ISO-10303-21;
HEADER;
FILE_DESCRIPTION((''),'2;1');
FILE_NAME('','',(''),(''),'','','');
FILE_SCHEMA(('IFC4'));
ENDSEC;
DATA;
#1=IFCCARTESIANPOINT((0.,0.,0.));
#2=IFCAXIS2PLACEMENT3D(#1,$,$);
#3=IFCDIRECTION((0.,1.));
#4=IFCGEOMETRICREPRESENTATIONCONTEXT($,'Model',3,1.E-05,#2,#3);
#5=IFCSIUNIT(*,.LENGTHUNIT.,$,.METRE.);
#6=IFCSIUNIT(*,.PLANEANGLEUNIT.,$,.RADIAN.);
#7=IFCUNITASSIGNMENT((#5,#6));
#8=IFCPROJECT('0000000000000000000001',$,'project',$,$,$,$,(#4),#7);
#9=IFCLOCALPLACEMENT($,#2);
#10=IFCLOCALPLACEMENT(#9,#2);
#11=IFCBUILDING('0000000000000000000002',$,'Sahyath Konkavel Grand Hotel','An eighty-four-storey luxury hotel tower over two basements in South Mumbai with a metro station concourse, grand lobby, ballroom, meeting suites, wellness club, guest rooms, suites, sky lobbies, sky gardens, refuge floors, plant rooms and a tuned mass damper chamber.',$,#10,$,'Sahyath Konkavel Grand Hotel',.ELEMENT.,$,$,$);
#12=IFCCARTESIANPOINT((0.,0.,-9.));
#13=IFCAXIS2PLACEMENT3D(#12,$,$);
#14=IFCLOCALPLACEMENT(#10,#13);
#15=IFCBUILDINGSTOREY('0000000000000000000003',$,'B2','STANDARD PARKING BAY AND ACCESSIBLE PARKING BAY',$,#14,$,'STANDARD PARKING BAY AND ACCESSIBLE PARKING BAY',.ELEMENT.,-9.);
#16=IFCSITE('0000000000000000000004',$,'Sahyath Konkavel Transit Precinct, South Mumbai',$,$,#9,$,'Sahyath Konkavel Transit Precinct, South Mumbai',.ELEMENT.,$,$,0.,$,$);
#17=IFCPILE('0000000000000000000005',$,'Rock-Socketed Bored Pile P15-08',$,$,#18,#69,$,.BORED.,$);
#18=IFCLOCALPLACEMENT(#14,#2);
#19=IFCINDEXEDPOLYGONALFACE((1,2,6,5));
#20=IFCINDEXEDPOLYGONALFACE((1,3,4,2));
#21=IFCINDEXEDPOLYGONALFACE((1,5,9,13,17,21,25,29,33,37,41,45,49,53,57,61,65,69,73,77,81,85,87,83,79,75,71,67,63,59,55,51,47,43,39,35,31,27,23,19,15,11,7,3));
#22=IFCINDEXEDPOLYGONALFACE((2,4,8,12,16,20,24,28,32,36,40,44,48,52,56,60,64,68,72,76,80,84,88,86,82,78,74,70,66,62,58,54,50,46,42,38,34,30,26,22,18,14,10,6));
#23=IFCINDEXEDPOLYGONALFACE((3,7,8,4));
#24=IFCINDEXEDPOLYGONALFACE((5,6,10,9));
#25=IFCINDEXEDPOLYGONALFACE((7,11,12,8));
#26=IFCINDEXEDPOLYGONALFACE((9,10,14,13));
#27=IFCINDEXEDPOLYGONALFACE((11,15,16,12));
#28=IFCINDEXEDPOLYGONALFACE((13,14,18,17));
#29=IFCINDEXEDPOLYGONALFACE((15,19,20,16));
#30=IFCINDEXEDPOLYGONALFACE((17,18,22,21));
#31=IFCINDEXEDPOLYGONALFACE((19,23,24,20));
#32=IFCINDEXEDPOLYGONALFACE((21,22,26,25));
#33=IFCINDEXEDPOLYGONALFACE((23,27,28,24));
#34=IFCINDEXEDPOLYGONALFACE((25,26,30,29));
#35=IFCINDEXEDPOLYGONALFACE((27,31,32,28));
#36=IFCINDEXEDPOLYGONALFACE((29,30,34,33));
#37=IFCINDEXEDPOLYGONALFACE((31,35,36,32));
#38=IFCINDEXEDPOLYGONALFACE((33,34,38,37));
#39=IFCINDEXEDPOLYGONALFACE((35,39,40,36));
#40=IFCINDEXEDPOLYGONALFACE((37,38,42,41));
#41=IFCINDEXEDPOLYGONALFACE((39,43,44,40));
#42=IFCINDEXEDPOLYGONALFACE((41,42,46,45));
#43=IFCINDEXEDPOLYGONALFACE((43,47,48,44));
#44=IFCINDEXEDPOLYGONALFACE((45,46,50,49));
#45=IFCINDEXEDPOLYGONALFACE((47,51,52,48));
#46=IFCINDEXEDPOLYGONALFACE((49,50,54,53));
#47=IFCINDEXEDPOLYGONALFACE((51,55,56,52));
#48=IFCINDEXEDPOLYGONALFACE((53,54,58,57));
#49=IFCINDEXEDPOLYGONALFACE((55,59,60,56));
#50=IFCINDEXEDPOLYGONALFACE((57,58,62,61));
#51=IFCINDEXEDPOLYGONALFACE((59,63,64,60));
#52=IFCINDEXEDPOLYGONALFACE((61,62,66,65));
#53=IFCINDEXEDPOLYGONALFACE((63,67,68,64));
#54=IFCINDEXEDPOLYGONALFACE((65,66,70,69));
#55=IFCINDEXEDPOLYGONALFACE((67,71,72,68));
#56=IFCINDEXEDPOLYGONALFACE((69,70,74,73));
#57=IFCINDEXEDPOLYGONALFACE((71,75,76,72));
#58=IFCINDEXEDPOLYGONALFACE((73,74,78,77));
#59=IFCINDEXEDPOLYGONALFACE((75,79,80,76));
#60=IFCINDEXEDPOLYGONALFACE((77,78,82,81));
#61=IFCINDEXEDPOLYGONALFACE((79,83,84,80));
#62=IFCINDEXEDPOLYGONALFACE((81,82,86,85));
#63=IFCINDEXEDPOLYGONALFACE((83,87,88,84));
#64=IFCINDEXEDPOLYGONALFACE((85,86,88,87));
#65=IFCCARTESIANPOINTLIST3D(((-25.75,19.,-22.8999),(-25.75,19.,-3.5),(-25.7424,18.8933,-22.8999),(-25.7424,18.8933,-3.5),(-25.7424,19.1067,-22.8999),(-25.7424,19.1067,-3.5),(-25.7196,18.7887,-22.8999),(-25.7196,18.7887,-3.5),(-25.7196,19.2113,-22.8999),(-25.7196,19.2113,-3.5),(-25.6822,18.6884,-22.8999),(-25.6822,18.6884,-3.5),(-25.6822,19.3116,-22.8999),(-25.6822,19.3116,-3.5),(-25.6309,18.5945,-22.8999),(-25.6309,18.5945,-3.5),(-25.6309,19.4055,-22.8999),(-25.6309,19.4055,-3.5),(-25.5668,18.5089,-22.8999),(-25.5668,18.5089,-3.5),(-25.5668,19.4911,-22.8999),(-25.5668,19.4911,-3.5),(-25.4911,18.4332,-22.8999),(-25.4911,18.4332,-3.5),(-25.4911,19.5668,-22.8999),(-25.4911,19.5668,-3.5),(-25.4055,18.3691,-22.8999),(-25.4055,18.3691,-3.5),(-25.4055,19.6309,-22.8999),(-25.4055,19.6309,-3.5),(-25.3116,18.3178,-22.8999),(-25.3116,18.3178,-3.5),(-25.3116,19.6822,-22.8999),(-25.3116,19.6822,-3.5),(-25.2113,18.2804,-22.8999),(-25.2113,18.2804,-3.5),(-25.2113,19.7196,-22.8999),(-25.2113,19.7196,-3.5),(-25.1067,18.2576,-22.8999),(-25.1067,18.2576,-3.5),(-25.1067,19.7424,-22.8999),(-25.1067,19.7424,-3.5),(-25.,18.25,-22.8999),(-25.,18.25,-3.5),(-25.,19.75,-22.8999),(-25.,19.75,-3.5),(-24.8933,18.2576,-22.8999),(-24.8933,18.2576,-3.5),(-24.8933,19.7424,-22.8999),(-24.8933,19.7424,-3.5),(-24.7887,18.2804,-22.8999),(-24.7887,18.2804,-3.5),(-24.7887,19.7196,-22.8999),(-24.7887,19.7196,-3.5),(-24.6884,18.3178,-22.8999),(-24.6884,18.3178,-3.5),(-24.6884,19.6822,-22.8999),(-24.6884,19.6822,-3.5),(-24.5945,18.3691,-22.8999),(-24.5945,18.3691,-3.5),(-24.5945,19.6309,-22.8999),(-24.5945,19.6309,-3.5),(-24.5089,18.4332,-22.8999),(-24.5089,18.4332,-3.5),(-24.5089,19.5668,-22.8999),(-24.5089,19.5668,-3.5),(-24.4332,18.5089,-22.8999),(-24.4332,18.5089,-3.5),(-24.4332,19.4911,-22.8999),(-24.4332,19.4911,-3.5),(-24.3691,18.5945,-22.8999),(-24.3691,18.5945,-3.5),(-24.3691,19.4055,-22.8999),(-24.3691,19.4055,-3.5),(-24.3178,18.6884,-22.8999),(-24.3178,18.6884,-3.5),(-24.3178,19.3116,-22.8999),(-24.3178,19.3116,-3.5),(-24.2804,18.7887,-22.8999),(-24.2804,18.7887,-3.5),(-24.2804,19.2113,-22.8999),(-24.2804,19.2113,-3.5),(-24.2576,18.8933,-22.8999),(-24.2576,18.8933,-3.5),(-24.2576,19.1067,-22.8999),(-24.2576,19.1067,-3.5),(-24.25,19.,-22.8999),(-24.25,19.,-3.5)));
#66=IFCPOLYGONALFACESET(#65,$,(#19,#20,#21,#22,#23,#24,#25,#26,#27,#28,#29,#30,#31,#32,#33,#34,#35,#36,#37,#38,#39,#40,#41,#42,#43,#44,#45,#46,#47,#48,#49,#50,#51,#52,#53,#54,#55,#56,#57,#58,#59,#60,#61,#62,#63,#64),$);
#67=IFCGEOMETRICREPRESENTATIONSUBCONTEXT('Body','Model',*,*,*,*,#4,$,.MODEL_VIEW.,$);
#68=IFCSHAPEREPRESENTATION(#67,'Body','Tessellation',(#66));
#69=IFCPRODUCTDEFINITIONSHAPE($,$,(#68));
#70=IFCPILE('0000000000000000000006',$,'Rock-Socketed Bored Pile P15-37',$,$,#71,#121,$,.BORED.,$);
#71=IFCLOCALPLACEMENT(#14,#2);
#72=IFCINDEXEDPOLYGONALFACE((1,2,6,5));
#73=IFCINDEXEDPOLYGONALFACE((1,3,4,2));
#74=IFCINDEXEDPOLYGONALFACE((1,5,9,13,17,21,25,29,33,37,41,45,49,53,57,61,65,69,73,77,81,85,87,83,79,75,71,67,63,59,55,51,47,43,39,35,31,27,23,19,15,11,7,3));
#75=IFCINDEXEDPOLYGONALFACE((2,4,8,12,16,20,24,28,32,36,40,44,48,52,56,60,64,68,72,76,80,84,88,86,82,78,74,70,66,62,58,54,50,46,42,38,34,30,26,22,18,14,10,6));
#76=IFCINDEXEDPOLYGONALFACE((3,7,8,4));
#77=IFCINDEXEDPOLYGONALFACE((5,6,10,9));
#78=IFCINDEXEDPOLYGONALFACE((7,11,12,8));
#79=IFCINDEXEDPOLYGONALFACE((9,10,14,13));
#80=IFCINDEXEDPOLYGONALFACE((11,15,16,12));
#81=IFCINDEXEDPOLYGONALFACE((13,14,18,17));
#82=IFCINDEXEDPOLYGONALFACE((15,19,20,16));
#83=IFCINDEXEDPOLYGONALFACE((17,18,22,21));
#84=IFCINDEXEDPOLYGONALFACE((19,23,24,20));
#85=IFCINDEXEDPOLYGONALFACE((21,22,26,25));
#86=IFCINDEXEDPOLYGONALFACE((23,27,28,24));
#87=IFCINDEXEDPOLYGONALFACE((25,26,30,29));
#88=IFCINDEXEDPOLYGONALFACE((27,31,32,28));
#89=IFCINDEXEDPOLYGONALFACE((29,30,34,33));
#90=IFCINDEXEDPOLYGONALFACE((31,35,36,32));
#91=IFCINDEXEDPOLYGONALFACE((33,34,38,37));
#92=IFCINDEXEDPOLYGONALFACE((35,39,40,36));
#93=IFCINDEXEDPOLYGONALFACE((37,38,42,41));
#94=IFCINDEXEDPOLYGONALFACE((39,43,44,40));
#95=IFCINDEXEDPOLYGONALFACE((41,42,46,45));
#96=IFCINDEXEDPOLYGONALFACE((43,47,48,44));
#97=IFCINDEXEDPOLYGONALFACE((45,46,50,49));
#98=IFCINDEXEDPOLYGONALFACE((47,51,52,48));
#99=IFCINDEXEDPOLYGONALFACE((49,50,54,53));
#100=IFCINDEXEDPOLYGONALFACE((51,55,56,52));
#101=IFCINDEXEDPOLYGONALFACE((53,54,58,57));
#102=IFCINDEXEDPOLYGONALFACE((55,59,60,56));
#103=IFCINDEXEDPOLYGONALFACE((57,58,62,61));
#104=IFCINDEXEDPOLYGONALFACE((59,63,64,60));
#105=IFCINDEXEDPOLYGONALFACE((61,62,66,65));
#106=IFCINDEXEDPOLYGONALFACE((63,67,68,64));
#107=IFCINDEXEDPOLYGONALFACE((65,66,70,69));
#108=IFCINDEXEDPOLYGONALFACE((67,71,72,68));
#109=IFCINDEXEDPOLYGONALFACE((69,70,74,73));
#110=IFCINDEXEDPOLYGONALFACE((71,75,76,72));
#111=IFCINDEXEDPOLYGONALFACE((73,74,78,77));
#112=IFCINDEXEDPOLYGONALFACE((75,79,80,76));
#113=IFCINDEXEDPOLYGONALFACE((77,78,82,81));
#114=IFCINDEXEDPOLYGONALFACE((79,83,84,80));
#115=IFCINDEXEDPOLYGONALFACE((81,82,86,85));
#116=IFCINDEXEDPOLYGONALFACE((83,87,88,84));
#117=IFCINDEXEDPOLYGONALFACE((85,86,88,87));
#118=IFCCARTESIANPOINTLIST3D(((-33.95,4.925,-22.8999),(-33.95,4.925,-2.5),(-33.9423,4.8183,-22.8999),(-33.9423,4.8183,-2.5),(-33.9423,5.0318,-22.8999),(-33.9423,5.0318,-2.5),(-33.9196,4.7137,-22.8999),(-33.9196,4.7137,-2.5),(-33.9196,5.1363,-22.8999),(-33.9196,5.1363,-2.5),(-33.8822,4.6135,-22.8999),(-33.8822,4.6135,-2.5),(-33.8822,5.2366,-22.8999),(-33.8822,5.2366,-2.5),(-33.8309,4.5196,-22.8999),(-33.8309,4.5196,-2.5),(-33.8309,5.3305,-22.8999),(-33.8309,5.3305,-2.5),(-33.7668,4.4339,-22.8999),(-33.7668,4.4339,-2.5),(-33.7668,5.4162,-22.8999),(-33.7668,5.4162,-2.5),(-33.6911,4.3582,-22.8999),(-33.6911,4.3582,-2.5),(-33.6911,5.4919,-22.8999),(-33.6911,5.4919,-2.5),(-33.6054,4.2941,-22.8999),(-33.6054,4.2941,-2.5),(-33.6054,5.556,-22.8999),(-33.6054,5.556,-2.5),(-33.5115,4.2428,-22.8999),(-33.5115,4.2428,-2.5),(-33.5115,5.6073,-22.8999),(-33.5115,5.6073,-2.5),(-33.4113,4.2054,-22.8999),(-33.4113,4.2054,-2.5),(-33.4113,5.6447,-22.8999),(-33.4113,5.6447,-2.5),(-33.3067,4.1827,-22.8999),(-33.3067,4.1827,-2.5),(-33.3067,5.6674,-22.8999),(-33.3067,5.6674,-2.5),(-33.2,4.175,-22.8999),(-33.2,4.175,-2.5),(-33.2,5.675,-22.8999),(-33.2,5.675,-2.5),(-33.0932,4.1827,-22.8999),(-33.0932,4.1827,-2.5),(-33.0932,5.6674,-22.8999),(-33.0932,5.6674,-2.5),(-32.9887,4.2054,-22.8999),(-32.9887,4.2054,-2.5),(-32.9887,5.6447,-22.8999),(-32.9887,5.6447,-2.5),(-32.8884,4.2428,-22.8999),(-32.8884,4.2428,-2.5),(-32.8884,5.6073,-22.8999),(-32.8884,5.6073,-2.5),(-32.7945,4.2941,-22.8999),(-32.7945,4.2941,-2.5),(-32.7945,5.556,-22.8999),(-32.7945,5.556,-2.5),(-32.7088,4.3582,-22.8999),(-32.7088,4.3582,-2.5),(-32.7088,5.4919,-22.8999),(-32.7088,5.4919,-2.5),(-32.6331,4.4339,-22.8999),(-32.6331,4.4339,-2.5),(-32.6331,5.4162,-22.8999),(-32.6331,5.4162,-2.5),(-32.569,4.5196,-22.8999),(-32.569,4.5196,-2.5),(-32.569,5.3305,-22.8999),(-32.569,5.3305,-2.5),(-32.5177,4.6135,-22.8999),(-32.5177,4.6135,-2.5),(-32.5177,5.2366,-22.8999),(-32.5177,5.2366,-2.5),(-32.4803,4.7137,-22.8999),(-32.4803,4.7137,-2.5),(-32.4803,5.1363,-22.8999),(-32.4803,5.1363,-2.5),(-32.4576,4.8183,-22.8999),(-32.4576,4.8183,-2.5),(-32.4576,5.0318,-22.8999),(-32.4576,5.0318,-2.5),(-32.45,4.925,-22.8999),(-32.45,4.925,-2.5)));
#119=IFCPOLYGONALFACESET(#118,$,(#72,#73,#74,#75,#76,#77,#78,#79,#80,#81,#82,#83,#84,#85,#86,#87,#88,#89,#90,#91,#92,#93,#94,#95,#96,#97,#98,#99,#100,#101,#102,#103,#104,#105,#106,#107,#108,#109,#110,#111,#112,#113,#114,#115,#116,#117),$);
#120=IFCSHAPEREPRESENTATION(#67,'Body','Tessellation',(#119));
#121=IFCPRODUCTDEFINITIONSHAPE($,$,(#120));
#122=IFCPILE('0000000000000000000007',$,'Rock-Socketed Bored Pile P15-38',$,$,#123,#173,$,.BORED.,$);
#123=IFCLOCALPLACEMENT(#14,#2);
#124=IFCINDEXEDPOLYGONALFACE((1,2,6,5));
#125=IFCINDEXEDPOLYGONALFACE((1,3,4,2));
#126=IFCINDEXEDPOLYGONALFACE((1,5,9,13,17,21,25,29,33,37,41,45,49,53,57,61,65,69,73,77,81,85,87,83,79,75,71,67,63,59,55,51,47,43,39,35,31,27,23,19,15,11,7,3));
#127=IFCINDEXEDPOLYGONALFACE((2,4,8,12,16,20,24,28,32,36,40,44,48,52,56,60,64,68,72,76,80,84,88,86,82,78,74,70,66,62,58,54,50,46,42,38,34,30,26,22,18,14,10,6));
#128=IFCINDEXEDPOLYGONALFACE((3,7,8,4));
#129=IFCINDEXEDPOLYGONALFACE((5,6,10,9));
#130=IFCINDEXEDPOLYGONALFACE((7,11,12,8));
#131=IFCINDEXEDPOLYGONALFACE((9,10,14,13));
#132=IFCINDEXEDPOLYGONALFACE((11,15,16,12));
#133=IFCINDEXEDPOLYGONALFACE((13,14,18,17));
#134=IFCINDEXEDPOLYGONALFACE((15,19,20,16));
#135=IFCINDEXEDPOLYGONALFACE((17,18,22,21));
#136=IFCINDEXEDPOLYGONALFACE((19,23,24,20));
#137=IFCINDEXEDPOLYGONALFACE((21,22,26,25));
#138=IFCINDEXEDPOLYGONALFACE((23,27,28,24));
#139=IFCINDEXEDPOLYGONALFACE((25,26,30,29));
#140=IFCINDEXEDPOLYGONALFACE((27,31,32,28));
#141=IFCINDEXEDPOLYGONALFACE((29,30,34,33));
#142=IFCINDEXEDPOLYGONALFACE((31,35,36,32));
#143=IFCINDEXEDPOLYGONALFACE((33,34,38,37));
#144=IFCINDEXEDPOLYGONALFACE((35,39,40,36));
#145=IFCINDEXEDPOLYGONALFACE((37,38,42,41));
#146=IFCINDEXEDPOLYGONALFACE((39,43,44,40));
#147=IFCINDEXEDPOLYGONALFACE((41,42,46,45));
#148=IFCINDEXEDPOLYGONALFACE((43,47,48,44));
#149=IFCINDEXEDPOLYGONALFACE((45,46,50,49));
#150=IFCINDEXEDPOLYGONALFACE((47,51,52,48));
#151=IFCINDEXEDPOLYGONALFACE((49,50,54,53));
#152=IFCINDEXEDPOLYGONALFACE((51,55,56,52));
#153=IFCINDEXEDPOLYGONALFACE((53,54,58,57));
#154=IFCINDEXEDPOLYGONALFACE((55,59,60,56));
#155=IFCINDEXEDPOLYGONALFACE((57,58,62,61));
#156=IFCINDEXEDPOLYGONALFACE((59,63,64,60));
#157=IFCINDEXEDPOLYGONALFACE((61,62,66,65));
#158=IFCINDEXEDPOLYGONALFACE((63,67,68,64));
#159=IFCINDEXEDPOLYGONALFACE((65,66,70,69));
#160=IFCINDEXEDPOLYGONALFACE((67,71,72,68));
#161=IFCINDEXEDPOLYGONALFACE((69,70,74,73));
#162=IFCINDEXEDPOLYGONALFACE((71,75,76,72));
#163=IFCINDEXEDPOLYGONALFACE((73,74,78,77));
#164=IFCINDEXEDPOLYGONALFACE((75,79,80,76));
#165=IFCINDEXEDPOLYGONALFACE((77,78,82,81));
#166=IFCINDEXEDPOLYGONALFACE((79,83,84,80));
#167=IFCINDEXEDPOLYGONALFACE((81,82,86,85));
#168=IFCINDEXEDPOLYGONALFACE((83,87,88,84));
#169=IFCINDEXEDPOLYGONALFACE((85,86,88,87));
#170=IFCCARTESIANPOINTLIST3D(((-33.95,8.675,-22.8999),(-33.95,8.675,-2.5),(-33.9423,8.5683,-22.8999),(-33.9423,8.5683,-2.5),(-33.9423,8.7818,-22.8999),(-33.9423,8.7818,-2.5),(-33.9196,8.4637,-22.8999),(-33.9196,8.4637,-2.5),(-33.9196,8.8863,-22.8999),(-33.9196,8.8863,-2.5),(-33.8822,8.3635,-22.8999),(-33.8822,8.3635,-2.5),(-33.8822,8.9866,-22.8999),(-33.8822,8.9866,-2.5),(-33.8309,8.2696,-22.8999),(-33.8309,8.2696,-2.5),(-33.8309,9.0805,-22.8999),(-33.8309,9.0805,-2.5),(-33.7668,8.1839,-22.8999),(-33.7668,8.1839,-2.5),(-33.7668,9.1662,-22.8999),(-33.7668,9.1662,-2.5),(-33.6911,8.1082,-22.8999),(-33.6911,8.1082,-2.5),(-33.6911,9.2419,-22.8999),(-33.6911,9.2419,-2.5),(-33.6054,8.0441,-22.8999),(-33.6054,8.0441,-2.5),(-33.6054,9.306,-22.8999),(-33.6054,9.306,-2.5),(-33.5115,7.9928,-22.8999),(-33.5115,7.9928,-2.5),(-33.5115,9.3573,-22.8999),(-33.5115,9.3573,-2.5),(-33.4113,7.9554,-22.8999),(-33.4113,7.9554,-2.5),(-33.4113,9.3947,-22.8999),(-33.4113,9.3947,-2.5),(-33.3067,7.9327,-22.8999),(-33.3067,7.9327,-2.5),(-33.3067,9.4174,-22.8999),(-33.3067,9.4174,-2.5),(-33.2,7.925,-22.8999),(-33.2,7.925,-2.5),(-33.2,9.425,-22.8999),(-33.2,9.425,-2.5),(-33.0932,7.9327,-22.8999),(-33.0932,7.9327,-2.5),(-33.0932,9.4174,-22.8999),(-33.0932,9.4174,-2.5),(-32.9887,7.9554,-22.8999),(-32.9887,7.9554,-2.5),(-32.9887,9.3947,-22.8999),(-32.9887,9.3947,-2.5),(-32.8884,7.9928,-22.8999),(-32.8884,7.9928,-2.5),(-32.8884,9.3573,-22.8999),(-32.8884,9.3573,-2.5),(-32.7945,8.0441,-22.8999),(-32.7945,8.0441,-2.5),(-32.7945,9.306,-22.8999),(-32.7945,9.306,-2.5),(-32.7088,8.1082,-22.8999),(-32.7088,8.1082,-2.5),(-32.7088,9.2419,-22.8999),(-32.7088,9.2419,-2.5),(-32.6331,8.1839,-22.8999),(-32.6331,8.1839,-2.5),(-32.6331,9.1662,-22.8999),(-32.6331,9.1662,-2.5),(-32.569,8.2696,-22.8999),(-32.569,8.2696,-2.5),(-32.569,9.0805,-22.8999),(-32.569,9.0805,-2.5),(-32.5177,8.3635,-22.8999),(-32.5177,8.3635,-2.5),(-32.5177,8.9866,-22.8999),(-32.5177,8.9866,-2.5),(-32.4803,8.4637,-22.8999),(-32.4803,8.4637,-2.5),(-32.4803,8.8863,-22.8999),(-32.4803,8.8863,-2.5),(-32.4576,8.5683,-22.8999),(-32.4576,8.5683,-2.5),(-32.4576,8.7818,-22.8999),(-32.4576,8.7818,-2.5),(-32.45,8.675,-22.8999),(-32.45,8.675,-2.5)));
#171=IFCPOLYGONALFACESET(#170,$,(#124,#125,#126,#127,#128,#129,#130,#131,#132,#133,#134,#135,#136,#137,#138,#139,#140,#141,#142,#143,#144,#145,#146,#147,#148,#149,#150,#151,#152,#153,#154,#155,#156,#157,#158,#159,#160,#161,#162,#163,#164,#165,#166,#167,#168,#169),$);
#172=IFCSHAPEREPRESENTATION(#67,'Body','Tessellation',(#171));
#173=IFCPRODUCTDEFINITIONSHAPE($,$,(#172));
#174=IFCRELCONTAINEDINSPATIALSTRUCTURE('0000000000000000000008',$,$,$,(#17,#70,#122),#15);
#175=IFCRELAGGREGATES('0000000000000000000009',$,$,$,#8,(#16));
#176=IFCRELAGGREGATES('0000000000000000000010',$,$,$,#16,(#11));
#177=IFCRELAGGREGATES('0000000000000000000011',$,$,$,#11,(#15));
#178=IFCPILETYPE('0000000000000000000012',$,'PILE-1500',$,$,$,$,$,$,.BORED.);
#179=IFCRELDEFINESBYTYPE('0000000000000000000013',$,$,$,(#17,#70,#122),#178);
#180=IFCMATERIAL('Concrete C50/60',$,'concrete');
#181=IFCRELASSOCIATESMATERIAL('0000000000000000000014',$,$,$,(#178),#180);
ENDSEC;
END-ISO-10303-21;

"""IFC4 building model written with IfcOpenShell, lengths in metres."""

from ifc_helpers import new_model, si_unit, direction, frame, origin, origin_2d, place, context, subcontext, project, spatial, circle, extrude, material, material_profile, profile_set, type_object, element, save


model = new_model("IFC4")

# Units and contexts
model_context = context("Model", 3, precision=1e-05, world=origin(), true_north=direction((0.0, 1.0)))
body_context = subcontext(model_context, "Body", "Model", "MODEL_VIEW")
ifc_project = project(units=[si_unit("LENGTHUNIT", "METRE"), si_unit("PLANEANGLEUNIT", "RADIAN")], contexts=[model_context])

# Site, building, storey
site_placement = place(None, origin())
site = spatial("IfcSite", under=ifc_project, at=site_placement, Name="Sahyath Konkavel Transit Precinct, South Mumbai", LongName="Sahyath Konkavel Transit Precinct, South Mumbai", CompositionType="ELEMENT", RefElevation=0.0)
building_placement = place(site_placement, origin())
building = spatial("IfcBuilding", under=site, at=building_placement, Name="Sahyath Konkavel Grand Hotel", Description="An eighty-four-storey luxury hotel tower over two basements in South Mumbai with a metro station concourse, grand lobby, ballroom, meeting suites, wellness club, guest rooms, suites, sky lobbies, sky gardens, refuge floors, plant rooms and a tuned mass damper chamber.", LongName="Sahyath Konkavel Grand Hotel", CompositionType="ELEMENT")
storey_placement = place(building_placement, frame((0.0, 0.0, -9.0)))
storey = spatial("IfcBuildingStorey", under=building, at=storey_placement, Name="B2", Description="STANDARD PARKING BAY AND ACCESSIBLE PARKING BAY", LongName="STANDARD PARKING BAY AND ACCESSIBLE PARKING BAY", CompositionType="ELEMENT", Elevation=-9.0)

# Piles
ifc_material_1 = material(Name="Concrete C50/60", Category="concrete")
ifc_material_profile_1 = material_profile(ifc_material_1, circle(Radius=0.75, at=origin_2d()), Name="PILE D1500")
ifc_profile_set_1 = profile_set([ifc_material_profile_1], Name="Concrete C50/60")
pile_type = type_object("IfcPileType", Name="PILE-1500", PredefinedType="BORED", material=ifc_profile_set_1)
for number, where, z_axis, x_axis, name in (
    (1, (-25.0, 19.0, -3.5), (0.0, 0.0, -1.0), (1.0, 0.0, 0.0), "Rock-Socketed Bored Pile P15-08"),
):
    element("IfcPile", number, at=place(storey_placement, frame(where, z_axis=z_axis, x_axis=x_axis)), inside=storey, type_object=pile_type, Name=name, PredefinedType="BORED", context=body_context, shape_type="SweptSolid", body=[
        extrude(circle(Radius=0.75, at=origin_2d()), origin(), (0.0, 0.0, 1.0), 19.3999),
    ])
for number, where, z_axis, x_axis, name in (
    (2, (-33.2, 4.925, -2.5), (0.0, 0.0, -1.0), (1.0, 0.0, 0.0), "Rock-Socketed Bored Pile P15-37"),
    (3, (-33.2, 8.675, -2.5), (0.0, 0.0, -1.0), (1.0, 0.0, 0.0), "Rock-Socketed Bored Pile P15-38"),
):
    element("IfcPile", number, at=place(storey_placement, frame(where, z_axis=z_axis, x_axis=x_axis)), inside=storey, type_object=pile_type, Name=name, PredefinedType="BORED", context=body_context, shape_type="SweptSolid", body=[
        extrude(circle(Radius=0.75, at=origin_2d()), origin(), (0.0, 0.0, 1.0), 20.3999),
    ])

save(model, "model.ifc")
